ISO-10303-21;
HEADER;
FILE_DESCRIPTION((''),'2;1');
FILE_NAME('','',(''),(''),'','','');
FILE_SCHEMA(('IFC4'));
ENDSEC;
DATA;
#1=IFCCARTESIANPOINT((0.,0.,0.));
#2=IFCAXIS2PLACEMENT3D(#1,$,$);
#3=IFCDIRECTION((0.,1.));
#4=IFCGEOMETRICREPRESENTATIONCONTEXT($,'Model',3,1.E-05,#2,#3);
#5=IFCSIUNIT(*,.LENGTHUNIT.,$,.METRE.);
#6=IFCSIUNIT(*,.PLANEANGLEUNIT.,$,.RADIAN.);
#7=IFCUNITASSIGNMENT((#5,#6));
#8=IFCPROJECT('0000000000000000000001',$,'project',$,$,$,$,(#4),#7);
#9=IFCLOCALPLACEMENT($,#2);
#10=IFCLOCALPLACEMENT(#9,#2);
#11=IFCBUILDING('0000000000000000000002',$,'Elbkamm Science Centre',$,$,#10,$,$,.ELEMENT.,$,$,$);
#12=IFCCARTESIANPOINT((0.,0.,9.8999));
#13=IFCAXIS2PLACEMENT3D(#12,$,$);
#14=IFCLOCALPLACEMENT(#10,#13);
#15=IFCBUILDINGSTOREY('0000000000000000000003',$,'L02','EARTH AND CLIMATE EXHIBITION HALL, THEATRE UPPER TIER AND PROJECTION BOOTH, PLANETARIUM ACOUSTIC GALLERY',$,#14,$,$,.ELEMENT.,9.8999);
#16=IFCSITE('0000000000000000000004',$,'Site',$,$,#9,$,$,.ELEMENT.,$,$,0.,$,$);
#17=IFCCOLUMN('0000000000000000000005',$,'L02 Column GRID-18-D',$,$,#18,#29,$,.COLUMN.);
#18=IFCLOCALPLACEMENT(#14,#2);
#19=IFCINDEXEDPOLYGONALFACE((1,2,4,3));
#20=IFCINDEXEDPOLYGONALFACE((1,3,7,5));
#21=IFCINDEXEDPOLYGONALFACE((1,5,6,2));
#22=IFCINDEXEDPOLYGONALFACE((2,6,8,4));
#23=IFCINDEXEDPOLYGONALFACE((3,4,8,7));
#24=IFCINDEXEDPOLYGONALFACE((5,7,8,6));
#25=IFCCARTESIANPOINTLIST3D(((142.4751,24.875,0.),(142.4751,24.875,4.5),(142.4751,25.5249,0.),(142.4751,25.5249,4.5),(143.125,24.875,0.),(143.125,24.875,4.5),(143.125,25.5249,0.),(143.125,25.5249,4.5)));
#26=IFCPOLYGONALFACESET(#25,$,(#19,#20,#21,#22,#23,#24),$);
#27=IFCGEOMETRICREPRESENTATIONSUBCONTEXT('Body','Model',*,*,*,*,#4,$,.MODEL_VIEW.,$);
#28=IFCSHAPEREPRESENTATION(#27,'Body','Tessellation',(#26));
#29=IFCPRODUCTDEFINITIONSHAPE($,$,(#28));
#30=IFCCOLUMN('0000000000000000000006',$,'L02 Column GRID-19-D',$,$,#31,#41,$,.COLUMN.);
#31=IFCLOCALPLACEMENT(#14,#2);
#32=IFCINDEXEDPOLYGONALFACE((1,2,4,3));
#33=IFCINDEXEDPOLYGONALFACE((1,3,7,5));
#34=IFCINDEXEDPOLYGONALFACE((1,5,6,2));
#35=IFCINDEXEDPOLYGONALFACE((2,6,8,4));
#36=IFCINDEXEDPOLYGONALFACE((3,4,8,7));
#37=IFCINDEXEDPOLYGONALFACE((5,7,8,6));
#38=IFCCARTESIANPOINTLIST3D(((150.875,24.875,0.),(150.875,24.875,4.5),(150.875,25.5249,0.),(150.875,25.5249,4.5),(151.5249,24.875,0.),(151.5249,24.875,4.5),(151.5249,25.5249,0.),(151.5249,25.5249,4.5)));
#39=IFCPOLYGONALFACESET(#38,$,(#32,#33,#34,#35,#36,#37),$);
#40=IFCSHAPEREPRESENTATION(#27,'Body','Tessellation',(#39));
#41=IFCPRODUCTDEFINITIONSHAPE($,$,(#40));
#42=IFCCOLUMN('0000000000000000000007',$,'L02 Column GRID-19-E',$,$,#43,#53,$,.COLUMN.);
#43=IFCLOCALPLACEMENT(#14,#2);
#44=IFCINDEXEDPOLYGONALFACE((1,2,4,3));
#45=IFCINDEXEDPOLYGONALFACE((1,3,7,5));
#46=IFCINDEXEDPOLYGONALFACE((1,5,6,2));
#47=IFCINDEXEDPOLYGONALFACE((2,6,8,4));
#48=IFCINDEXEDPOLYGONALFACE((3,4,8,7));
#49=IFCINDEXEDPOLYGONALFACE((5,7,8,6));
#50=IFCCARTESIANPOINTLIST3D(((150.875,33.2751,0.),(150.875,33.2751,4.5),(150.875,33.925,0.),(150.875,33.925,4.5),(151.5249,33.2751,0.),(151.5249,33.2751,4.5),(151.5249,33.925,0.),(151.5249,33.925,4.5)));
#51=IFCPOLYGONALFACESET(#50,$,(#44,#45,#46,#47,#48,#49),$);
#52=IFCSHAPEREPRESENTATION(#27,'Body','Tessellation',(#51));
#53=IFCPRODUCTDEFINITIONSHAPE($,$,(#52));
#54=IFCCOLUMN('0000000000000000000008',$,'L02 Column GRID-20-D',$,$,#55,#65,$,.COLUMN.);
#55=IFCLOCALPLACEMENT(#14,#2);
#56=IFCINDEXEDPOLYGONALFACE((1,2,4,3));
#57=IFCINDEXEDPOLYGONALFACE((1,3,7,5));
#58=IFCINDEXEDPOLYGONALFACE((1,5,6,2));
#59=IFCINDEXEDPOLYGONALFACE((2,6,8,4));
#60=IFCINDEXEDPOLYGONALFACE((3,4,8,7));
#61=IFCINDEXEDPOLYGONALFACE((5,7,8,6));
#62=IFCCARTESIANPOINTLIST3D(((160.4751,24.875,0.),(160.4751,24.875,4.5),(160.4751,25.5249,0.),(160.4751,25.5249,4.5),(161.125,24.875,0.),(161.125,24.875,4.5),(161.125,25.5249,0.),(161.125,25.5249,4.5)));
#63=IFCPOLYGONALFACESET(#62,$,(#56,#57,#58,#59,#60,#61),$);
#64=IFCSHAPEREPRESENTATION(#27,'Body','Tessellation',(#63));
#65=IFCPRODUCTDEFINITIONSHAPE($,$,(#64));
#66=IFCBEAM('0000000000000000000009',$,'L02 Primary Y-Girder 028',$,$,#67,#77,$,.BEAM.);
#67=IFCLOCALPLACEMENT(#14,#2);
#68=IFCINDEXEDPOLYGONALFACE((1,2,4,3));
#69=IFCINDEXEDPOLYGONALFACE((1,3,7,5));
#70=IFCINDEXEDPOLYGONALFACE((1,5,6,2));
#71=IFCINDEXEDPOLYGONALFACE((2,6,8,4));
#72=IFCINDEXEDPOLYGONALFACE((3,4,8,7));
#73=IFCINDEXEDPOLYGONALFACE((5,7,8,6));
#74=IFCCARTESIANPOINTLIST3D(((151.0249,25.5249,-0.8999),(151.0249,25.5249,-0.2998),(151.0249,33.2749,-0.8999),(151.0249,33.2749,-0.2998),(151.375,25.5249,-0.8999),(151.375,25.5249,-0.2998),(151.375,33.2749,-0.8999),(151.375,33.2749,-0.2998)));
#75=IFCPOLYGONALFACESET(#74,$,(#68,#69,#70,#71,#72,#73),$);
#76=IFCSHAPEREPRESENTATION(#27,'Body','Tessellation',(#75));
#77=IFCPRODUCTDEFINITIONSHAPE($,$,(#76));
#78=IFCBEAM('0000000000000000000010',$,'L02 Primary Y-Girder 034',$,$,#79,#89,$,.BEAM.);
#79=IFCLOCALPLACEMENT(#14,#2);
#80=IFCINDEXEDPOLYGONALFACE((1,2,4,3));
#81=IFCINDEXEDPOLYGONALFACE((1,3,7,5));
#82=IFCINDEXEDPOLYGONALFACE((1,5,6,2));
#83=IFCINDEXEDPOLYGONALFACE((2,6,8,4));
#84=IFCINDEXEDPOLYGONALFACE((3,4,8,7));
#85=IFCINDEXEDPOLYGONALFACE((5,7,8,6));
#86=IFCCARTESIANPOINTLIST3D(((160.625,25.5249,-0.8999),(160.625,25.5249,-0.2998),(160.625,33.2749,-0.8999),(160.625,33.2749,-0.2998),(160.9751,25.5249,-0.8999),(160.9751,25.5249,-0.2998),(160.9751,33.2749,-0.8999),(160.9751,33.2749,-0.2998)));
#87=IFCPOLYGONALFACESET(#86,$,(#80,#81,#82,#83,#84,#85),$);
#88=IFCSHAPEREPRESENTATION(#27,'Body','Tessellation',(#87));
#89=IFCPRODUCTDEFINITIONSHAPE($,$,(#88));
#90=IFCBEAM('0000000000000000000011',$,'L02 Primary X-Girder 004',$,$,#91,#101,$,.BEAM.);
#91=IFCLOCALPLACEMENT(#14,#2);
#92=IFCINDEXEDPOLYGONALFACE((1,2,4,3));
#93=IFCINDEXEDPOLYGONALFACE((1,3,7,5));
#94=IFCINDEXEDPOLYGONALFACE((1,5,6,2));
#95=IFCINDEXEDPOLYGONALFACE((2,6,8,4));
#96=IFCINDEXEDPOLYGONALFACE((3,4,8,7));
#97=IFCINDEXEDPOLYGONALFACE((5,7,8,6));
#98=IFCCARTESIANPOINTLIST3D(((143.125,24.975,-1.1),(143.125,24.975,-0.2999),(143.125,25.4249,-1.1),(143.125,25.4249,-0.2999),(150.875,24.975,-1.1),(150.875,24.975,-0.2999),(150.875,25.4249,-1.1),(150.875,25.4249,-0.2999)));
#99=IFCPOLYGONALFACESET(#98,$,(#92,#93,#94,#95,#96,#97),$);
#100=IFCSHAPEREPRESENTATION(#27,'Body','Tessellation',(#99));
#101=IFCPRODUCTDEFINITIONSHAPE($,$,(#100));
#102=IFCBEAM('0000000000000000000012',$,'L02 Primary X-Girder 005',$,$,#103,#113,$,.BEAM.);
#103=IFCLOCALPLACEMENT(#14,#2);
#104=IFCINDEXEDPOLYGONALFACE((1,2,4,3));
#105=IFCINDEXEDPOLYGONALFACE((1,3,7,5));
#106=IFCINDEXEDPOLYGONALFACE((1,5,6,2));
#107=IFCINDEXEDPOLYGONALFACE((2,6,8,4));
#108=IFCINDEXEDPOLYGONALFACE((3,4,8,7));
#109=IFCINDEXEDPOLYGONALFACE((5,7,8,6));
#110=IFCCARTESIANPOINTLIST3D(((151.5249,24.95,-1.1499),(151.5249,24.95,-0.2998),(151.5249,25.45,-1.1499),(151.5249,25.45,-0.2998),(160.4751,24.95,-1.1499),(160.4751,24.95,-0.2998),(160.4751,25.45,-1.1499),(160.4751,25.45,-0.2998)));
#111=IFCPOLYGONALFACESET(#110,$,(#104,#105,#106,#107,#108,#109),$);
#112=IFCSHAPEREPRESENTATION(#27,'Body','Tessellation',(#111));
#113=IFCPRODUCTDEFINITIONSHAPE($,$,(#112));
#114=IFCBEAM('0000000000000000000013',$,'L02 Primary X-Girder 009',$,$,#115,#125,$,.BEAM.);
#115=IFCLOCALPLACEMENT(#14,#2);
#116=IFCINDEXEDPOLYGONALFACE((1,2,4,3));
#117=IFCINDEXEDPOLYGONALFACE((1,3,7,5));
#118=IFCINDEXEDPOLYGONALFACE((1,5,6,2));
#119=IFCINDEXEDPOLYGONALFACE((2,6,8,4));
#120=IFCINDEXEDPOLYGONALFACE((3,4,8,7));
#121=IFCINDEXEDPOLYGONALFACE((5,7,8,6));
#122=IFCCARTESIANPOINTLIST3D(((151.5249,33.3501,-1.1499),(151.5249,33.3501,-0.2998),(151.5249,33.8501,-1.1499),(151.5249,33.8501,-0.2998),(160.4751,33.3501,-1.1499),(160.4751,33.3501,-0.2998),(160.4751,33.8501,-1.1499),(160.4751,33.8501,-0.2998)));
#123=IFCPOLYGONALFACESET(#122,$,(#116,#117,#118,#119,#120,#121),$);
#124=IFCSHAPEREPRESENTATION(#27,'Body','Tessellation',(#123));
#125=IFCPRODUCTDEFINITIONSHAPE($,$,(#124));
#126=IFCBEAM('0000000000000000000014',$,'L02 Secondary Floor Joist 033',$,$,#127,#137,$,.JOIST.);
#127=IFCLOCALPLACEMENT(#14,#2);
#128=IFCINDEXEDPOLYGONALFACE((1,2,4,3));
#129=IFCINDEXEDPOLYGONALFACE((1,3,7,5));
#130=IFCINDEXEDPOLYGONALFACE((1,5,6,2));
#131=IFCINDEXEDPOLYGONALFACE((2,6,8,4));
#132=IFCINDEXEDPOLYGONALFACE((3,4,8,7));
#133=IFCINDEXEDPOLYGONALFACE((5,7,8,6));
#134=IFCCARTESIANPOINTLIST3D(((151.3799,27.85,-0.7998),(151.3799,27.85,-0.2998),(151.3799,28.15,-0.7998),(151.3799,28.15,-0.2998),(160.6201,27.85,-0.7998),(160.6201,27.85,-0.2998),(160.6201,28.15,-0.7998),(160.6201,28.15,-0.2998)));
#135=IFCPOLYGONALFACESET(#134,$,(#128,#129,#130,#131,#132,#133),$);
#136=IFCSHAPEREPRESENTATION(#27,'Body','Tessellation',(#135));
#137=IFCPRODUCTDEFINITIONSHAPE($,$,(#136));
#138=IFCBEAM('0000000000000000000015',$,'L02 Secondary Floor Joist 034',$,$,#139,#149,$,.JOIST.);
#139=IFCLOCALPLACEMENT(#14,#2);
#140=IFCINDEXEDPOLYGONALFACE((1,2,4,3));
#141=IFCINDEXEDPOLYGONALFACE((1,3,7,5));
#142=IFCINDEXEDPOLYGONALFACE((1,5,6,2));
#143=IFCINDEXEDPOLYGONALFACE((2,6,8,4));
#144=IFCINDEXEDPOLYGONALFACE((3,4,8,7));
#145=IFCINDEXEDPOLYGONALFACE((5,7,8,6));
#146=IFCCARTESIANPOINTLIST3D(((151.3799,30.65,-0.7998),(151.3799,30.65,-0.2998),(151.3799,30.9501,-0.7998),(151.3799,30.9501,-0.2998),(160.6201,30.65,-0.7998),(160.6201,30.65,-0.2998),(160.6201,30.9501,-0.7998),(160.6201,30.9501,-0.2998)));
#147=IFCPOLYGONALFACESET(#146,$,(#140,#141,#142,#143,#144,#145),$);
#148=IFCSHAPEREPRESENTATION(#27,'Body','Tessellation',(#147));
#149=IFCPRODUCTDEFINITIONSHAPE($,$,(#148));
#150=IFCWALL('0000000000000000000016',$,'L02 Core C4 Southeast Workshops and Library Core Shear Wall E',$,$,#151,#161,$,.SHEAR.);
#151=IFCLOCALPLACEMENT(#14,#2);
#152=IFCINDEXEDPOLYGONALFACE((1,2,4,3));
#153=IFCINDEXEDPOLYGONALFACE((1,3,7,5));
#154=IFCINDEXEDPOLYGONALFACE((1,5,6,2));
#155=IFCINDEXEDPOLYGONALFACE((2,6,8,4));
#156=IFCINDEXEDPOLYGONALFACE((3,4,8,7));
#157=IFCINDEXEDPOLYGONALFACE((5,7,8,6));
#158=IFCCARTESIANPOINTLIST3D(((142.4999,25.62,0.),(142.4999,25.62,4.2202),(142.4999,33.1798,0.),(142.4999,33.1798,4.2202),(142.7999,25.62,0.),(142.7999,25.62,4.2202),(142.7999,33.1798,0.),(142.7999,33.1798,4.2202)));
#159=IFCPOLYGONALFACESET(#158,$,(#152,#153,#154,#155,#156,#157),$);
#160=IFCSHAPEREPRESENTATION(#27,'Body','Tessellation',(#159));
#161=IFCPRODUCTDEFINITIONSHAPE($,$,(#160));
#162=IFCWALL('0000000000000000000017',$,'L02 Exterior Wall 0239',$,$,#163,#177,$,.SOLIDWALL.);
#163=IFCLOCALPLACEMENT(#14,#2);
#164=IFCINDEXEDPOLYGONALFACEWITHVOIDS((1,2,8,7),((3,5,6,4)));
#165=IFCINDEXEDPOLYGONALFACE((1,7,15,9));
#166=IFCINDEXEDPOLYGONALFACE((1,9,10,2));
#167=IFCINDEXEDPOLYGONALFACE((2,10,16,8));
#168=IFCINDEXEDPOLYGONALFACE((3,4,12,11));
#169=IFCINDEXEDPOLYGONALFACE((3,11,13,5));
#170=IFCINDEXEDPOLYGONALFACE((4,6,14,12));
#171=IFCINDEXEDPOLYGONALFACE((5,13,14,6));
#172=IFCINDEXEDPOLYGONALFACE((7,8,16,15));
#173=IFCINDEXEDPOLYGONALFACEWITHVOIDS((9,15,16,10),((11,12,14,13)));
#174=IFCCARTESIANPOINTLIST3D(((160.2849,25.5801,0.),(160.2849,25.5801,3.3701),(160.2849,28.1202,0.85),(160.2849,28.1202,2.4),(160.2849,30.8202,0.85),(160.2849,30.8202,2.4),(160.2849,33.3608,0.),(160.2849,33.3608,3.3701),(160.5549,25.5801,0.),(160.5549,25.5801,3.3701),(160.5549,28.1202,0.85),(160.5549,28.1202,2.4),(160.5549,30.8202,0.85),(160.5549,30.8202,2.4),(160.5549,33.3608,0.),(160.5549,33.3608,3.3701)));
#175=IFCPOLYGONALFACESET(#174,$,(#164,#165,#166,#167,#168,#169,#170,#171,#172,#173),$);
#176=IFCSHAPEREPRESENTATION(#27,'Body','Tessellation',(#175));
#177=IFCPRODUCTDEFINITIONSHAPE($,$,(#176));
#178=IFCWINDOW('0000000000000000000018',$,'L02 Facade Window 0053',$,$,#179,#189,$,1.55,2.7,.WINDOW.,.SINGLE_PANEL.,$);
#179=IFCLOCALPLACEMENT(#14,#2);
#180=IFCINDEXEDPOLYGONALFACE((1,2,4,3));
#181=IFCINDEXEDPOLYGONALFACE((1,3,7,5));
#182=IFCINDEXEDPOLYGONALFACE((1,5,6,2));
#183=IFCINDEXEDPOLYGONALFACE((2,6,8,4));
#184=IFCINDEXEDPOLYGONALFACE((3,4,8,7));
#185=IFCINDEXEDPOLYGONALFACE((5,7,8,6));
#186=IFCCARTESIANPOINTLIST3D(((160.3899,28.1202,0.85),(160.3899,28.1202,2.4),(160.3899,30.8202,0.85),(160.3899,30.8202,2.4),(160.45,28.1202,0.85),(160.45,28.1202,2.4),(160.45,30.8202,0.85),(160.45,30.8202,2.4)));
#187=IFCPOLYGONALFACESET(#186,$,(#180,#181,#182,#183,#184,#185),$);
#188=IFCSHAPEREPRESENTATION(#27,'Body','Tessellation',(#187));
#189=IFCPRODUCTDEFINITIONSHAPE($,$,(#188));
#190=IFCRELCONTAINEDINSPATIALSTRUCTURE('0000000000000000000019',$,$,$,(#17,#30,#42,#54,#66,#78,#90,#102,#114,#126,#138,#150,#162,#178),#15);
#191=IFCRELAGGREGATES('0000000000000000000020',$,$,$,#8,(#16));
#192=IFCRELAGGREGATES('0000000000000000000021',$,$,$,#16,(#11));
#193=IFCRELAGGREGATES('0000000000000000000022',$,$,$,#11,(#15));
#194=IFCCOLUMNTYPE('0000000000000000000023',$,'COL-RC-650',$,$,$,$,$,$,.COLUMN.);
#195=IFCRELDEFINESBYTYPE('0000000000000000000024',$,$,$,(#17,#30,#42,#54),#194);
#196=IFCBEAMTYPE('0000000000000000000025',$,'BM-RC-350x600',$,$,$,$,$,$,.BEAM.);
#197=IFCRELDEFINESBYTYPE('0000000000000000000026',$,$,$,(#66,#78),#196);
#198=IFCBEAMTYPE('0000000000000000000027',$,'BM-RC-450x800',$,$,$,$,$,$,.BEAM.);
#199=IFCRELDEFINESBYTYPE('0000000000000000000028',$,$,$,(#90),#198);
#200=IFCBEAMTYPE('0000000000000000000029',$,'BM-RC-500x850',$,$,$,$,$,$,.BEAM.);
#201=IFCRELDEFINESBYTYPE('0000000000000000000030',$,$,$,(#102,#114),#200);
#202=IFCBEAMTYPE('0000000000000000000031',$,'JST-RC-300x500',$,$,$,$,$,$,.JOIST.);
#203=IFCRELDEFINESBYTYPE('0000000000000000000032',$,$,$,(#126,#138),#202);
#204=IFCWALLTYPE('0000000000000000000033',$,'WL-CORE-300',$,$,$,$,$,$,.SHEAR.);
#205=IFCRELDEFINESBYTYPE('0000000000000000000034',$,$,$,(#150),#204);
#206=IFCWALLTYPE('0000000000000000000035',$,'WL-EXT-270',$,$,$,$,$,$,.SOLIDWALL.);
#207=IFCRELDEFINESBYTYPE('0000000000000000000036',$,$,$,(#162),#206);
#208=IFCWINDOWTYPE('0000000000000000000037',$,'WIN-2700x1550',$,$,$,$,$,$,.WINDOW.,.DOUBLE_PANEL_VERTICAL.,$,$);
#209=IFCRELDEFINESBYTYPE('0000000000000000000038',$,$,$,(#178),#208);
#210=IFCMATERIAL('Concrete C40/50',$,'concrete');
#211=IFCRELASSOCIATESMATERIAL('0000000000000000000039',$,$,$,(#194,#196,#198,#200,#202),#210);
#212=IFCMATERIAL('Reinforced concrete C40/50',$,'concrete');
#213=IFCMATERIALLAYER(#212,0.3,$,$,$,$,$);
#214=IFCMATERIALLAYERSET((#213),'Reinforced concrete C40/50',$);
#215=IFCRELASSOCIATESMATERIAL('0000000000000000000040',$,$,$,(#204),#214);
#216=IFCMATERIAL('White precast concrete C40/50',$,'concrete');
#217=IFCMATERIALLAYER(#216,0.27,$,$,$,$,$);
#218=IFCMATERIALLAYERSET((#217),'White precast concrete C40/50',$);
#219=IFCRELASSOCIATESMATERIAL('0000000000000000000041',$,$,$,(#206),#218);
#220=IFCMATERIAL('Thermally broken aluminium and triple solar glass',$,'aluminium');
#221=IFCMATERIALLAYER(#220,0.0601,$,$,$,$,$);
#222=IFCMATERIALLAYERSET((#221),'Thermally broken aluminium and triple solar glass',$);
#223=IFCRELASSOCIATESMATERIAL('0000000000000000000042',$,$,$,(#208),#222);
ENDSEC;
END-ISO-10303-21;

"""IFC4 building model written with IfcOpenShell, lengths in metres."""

from ifc_helpers import new_model, si_unit, direction, frame, frame_2d, origin, origin_2d, place, context, subcontext, project, spatial, rectangle, extrude, material, layer, layer_set, material_profile, profile_set, type_object, element, fill, save


model = new_model("IFC4")

# Units and contexts
model_context = context("Model", 3, precision=1e-05, world=origin(), true_north=direction((0.0, 1.0)))
body_context = subcontext(model_context, "Body", "Model", "MODEL_VIEW")
ifc_project = project(units=[si_unit("LENGTHUNIT", "METRE"), si_unit("PLANEANGLEUNIT", "RADIAN")], contexts=[model_context])

# Site, building, storey
site_placement = place(None, origin())
site = spatial("IfcSite", under=ifc_project, at=site_placement, Name="Site", CompositionType="ELEMENT", RefElevation=0.0)
building_placement = place(site_placement, origin())
building = spatial("IfcBuilding", under=site, at=building_placement, Name="Elbkamm Science Centre", CompositionType="ELEMENT")
storey_placement = place(building_placement, frame((0.0, 0.0, 9.8999)))
storey = spatial("IfcBuildingStorey", under=building, at=storey_placement, Name="L02", Description="EARTH AND CLIMATE EXHIBITION HALL, THEATRE UPPER TIER AND PROJECTION BOOTH, PLANETARIUM ACOUSTIC GALLERY", CompositionType="ELEMENT", Elevation=9.8999)

# Columns
ifc_material_1 = material(Name="Concrete C40/50", Category="concrete")
ifc_material_profile_1 = material_profile(ifc_material_1, rectangle(XDim=0.6499, YDim=0.6499, at=origin_2d()), Name="RC 650x650")
ifc_profile_set_1 = profile_set([ifc_material_profile_1], Name="Concrete C40/50")
column_type = type_object("IfcColumnType", Name="COL-RC-650", PredefinedType="COLUMN", material=ifc_profile_set_1)
for number, where, z_axis, x_axis, name in (
    (1, (142.8, 25.2, 0.0), (0.0, 0.0, 1.0), (1.0, 0.0, 0.0), "L02 Column GRID-18-D"),
    (2, (151.2, 25.2, 0.0), (0.0, 0.0, 1.0), (1.0, 0.0, 0.0), "L02 Column GRID-19-D"),
    (3, (151.2, 33.6001, 0.0), (0.0, 0.0, 1.0), (1.0, 0.0, 0.0), "L02 Column GRID-19-E"),
    (4, (160.8, 25.2, 0.0), (0.0, 0.0, 1.0), (1.0, 0.0, 0.0), "L02 Column GRID-20-D"),
):
    element("IfcColumn", number, at=place(storey_placement, frame(where, z_axis=z_axis, x_axis=x_axis)), inside=storey, type_object=column_type, Name=name, PredefinedType="COLUMN", context=body_context, shape_type="SweptSolid", body=[
        extrude(rectangle(XDim=0.6499, YDim=0.6499, at=origin_2d()), origin(), (0.0, 0.0, 1.0), 4.5),
    ])

# Beams
ifc_material_profile_2 = material_profile(ifc_material_1, rectangle(XDim=0.3501, YDim=0.6001, at=origin_2d()), Name="RC 350x600")
ifc_profile_set_2 = profile_set([ifc_material_profile_2], Name="Concrete C40/50")
beam_type_1 = type_object("IfcBeamType", Name="BM-RC-350x600", PredefinedType="BEAM", material=ifc_profile_set_2)
for number, where, z_axis, x_axis, name in (
    (5, (151.2, 25.5249, -0.5999), (0.0, 1.0, 0.0), (-1.0, 0.0, 0.0), "L02 Primary Y-Girder 028"),
    (6, (160.8, 25.5249, -0.5999), (0.0, 1.0, 0.0), (-1.0, 0.0, 0.0), "L02 Primary Y-Girder 034"),
):
    element("IfcBeam", number, at=place(storey_placement, frame(where, z_axis=z_axis, x_axis=x_axis)), inside=storey, type_object=beam_type_1, Name=name, PredefinedType="BEAM", context=body_context, shape_type="SweptSolid", body=[
        extrude(rectangle(XDim=0.3501, YDim=0.6001, at=origin_2d()), origin(), (0.0, 0.0, 1.0), 7.75),
    ])
ifc_material_profile_3 = material_profile(ifc_material_1, rectangle(XDim=0.45, YDim=0.8, at=origin_2d()), Name="RC 450x800")
ifc_profile_set_3 = profile_set([ifc_material_profile_3], Name="Concrete C40/50")
beam_type_2 = type_object("IfcBeamType", Name="BM-RC-450x800", PredefinedType="BEAM", material=ifc_profile_set_3)
beam_placement = place(storey_placement, frame((143.125, 25.2, -0.7), z_axis=(1.0, 0.0, 0.0), x_axis=(0.0, 1.0, 0.0)))
element("IfcBeam", 7, at=beam_placement, inside=storey, type_object=beam_type_2, Name="L02 Primary X-Girder 004", PredefinedType="BEAM", context=body_context, shape_type="SweptSolid", body=[
    extrude(rectangle(XDim=0.45, YDim=0.8, at=origin_2d()), origin(), (0.0, 0.0, 1.0), 7.75),
])
ifc_material_profile_4 = material_profile(ifc_material_1, rectangle(XDim=0.5, YDim=0.8501, at=origin_2d()), Name="RC 500x850")
ifc_profile_set_4 = profile_set([ifc_material_profile_4], Name="Concrete C40/50")
beam_type_3 = type_object("IfcBeamType", Name="BM-RC-500x850", PredefinedType="BEAM", material=ifc_profile_set_4)
for number, where, z_axis, x_axis, name in (
    (8, (151.5249, 25.2, -0.7249), (1.0, 0.0, 0.0), (0.0, 1.0, 0.0), "L02 Primary X-Girder 005"),
    (9, (151.5249, 33.6001, -0.7249), (1.0, 0.0, 0.0), (0.0, 1.0, 0.0), "L02 Primary X-Girder 009"),
):
    element("IfcBeam", number, at=place(storey_placement, frame(where, z_axis=z_axis, x_axis=x_axis)), inside=storey, type_object=beam_type_3, Name=name, PredefinedType="BEAM", context=body_context, shape_type="SweptSolid", body=[
        extrude(rectangle(XDim=0.5, YDim=0.8501, at=origin_2d()), origin(), (0.0, 0.0, 1.0), 8.9502),
    ])
ifc_material_profile_5 = material_profile(ifc_material_1, rectangle(XDim=0.3, YDim=0.5, at=origin_2d()), Name="RC 300x500")
ifc_profile_set_5 = profile_set([ifc_material_profile_5], Name="Concrete C40/50")
beam_type_4 = type_object("IfcBeamType", Name="JST-RC-300x500", PredefinedType="JOIST", material=ifc_profile_set_5)
for number, where, z_axis, x_axis, name in (
    (10, (151.3799, 28.0, -0.5498), (1.0, 0.0, 0.0), (0.0, 1.0, 0.0), "L02 Secondary Floor Joist 033"),
    (11, (151.3799, 30.8, -0.5498), (1.0, 0.0, 0.0), (0.0, 1.0, 0.0), "L02 Secondary Floor Joist 034"),
):
    element("IfcBeam", number, at=place(storey_placement, frame(where, z_axis=z_axis, x_axis=x_axis)), inside=storey, type_object=beam_type_4, Name=name, PredefinedType="JOIST", context=body_context, shape_type="SweptSolid", body=[
        extrude(rectangle(XDim=0.3, YDim=0.5, at=origin_2d()), origin(), (0.0, 0.0, 1.0), 9.2402),
    ])

# Wall
ifc_material_2 = material(Name="Reinforced concrete C40/50", Category="concrete")
ifc_layer_1 = layer(ifc_material_2, 0.3)
ifc_layer_set_1 = layer_set([ifc_layer_1], Name="Reinforced concrete C40/50")
wall_type_1 = type_object("IfcWallType", Name="WL-CORE-300", PredefinedType="SHEAR", material=ifc_layer_set_1)
wall_1_placement = place(storey_placement, frame((142.6499, 25.6201, 0.0), z_axis=(0.0, 0.0, 1.0), x_axis=(0.0, 1.0, 0.0)))
element("IfcWall", 12, at=wall_1_placement, inside=storey, type_object=wall_type_1, Name="L02 Core C4 Southeast Workshops and Library Core Shear Wall E", PredefinedType="SHEAR", context=body_context, shape_type="SweptSolid", body=[
    extrude(rectangle(XDim=7.5598, YDim=0.3, at=frame_2d((3.7798, 0.0))), origin(), (0.0, 0.0, 1.0), 4.2202),
])

# Wall, opening, window
ifc_material_3 = material(Name="White precast concrete C40/50", Category="concrete")
ifc_layer_2 = layer(ifc_material_3, 0.27)
ifc_layer_set_2 = layer_set([ifc_layer_2], Name="White precast concrete C40/50")
wall_type_2 = type_object("IfcWallType", Name="WL-EXT-270", PredefinedType="SOLIDWALL", material=ifc_layer_set_2)
wall_2_placement = place(storey_placement, frame((160.4199, 33.3608, 0.0), z_axis=(0.0, 0.0, 1.0), x_axis=(0.0, -1.0, 0.0)))
wall_2 = element("IfcWall", 13, at=wall_2_placement, inside=storey, type_object=wall_type_2, Name="L02 Exterior Wall 0239", PredefinedType="SOLIDWALL", context=body_context, shape_type="SweptSolid", body=[
    extrude(rectangle(XDim=7.7808, YDim=0.27, at=frame_2d((3.8904, 0.0))), origin(), (0.0, 0.0, 1.0), 3.3701),
])
opening_1_placement = place(wall_2_placement, frame((2.5405, 0.0, 0.8501)))
opening_1 = element("IfcOpeningElement", 14, at=opening_1_placement, cuts=wall_2, PredefinedType="OPENING", context=body_context, shape_type="SweptSolid", body=[
    extrude(rectangle(XDim=2.7, YDim=1.55, at=frame_2d((1.3501, 0.7749))), frame((0.0, 0.147, 0.0), z_axis=(0.0, -1.0, 0.0), x_axis=(1.0, 0.0, 0.0)), (0.0, 0.0, 1.0), 0.2939),
])
ifc_material_4 = material(Name="Thermally broken aluminium and triple solar glass", Category="aluminium")
ifc_layer_3 = layer(ifc_material_4, 0.0601)
ifc_layer_set_3 = layer_set([ifc_layer_3], Name="Thermally broken aluminium and triple solar glass")
window_type_1 = type_object("IfcWindowType", Name="WIN-2700x1550", PartitioningType="DOUBLE_PANEL_VERTICAL", PredefinedType="WINDOW", material=ifc_layer_set_3)
window_1_placement = place(opening_1_placement, origin())
window_1 = element("IfcWindow", 15, at=window_1_placement, inside=storey, type_object=window_type_1, Name="L02 Facade Window 0053", OverallHeight=1.55, OverallWidth=2.7, PartitioningType="SINGLE_PANEL", PredefinedType="WINDOW", context=body_context, shape_type="SweptSolid", body=[
    extrude(rectangle(XDim=2.7, YDim=1.55, at=frame_2d((1.3501, 0.7749))), frame((0.0, 0.03, 0.0), z_axis=(0.0, -1.0, 0.0), x_axis=(1.0, 0.0, 0.0)), (0.0, 0.0, 1.0), 0.0601),
])
fill(opening_1, window_1)

save(model, "model.ifc")
